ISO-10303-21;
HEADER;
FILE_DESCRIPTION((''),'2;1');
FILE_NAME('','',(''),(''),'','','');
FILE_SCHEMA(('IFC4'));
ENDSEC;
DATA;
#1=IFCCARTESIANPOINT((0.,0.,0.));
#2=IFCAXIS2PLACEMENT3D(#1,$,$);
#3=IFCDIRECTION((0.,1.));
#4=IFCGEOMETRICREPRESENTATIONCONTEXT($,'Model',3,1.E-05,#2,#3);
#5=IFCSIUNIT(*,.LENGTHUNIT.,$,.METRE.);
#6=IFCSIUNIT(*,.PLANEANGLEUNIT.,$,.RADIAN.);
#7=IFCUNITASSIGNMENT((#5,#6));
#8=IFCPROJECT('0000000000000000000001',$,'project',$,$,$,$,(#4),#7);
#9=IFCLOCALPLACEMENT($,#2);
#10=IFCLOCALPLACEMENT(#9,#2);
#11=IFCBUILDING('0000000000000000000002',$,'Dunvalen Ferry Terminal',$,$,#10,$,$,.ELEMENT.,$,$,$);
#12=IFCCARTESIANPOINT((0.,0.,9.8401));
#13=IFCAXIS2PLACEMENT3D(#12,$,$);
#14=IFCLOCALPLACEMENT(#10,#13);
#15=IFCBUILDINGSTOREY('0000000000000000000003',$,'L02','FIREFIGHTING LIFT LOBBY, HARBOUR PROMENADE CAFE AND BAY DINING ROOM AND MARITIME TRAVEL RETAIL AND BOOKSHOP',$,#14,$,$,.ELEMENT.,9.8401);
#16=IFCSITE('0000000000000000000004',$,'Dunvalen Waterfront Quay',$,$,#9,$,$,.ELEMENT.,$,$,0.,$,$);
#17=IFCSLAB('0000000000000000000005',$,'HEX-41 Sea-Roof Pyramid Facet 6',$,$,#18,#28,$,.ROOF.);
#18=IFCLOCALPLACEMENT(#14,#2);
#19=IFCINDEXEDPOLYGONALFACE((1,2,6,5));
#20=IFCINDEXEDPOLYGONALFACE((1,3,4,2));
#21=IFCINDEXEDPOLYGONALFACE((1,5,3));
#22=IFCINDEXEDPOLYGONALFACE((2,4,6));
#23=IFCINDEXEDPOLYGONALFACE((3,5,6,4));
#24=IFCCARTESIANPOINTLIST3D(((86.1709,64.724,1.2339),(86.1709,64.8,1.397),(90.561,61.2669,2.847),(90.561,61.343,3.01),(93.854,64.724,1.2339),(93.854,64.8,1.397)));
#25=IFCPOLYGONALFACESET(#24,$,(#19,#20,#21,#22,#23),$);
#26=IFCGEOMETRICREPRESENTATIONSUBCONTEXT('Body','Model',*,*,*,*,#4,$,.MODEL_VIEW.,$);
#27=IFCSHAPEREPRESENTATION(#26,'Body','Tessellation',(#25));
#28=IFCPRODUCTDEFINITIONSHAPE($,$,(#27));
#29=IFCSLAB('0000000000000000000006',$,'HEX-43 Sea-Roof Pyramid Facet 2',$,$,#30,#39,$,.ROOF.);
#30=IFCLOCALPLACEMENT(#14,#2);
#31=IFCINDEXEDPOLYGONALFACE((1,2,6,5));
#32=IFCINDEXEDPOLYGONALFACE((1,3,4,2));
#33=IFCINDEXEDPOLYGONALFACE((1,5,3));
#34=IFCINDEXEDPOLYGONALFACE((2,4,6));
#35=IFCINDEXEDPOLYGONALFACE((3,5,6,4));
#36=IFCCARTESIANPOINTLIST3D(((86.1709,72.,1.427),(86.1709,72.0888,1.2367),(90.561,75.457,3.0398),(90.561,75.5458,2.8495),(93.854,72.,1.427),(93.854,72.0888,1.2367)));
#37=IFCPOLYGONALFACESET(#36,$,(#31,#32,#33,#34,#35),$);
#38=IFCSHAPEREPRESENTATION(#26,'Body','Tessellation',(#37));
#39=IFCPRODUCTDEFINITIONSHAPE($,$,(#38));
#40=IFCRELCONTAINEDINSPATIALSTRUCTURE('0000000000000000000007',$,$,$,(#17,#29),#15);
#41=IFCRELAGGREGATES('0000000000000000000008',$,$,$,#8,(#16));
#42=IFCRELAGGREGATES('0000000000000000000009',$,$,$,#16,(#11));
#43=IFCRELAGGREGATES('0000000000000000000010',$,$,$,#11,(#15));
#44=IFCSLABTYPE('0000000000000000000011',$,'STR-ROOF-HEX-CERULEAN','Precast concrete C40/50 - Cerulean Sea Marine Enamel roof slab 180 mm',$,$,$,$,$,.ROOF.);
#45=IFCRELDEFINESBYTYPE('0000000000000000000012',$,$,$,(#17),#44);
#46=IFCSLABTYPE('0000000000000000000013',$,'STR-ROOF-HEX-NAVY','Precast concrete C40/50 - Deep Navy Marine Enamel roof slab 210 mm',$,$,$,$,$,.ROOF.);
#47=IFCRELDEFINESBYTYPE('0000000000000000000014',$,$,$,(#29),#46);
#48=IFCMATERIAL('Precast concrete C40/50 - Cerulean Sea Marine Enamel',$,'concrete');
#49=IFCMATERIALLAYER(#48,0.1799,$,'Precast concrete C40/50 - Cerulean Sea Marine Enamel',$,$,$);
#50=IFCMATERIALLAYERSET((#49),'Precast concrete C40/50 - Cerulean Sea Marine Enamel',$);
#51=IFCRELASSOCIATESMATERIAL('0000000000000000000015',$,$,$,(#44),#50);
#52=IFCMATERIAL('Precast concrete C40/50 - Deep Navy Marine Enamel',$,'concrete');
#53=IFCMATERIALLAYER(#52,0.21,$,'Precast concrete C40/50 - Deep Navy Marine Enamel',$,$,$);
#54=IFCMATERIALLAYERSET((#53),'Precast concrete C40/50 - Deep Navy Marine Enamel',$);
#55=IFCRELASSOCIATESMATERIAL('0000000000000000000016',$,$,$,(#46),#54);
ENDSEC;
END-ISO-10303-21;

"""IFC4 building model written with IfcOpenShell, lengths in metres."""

from ifc_helpers import new_model, si_unit, direction, frame, origin, place, context, subcontext, project, spatial, polyline, outline, extrude, material, layer, layer_set, type_object, element, save


model = new_model("IFC4")

# Units and contexts
model_context = context("Model", 3, precision=1e-05, world=origin(), true_north=direction((0.0, 1.0)))
body_context = subcontext(model_context, "Body", "Model", "MODEL_VIEW")
ifc_project = project(units=[si_unit("LENGTHUNIT", "METRE"), si_unit("PLANEANGLEUNIT", "RADIAN")], contexts=[model_context])

# Site, building, storey
site_placement = place(None, origin())
site = spatial("IfcSite", under=ifc_project, at=site_placement, Name="Dunvalen Waterfront Quay", CompositionType="ELEMENT", RefElevation=0.0)
building_placement = place(site_placement, origin())
building = spatial("IfcBuilding", under=site, at=building_placement, Name="Dunvalen Ferry Terminal", CompositionType="ELEMENT")
storey_placement = place(building_placement, frame((0.0, 0.0, 9.8401)))
storey = spatial("IfcBuildingStorey", under=building, at=storey_placement, Name="L02", Description="FIREFIGHTING LIFT LOBBY, HARBOUR PROMENADE CAFE AND BAY DINING ROOM AND MARITIME TRAVEL RETAIL AND BOOKSHOP", CompositionType="ELEMENT", Elevation=9.8401)

# Slabs
ifc_material_1 = material(Name="Precast concrete C40/50 - Cerulean Sea Marine Enamel", Category="concrete")
ifc_layer_1 = layer(ifc_material_1, 0.1799, Name="Precast concrete C40/50 - Cerulean Sea Marine Enamel")
ifc_layer_set_1 = layer_set([ifc_layer_1], Name="Precast concrete C40/50 - Cerulean Sea Marine Enamel")
slab_type_1 = type_object("IfcSlabType", Name="STR-ROOF-HEX-CERULEAN", Description="Precast concrete C40/50 - Cerulean Sea Marine Enamel roof slab 180 mm", PredefinedType="ROOF", material=ifc_layer_set_1)
slab_1_placement = place(storey_placement, frame((93.854, 64.8, 1.397), z_axis=(0.0, 0.422833, 0.906208), x_axis=(-1.0, 0.0, 0.0)))
element("IfcSlab", 1, at=slab_1_placement, inside=storey, type_object=slab_type_1, Name="HEX-41 Sea-Roof Pyramid Facet 6", PredefinedType="ROOF", context=body_context, shape_type="SweptSolid", body=[
    extrude(outline(polyline([(0.0, 0.0), (7.6831, 0.0), (3.293, 3.8148), (0.0, 0.0)])), origin(), (0.0, 0.0, -1.0), 0.1799),
])
ifc_material_2 = material(Name="Precast concrete C40/50 - Deep Navy Marine Enamel", Category="concrete")
ifc_layer_2 = layer(ifc_material_2, 0.21, Name="Precast concrete C40/50 - Deep Navy Marine Enamel")
ifc_layer_set_2 = layer_set([ifc_layer_2], Name="Precast concrete C40/50 - Deep Navy Marine Enamel")
slab_type_2 = type_object("IfcSlabType", Name="STR-ROOF-HEX-NAVY", Description="Precast concrete C40/50 - Deep Navy Marine Enamel roof slab 210 mm", PredefinedType="ROOF", material=ifc_layer_set_2)
slab_2_placement = place(storey_placement, frame((86.1709, 72.0, 1.427), z_axis=(0.0, -0.42278, 0.906232), x_axis=(1.0, 0.0, 0.0)))
element("IfcSlab", 2, at=slab_2_placement, inside=storey, type_object=slab_type_2, Name="HEX-43 Sea-Roof Pyramid Facet 2", PredefinedType="ROOF", context=body_context, shape_type="SweptSolid", body=[
    extrude(outline(polyline([(0.0, 0.0), (7.6831, 0.0), (4.3901, 3.8147), (0.0, 0.0)])), origin(), (0.0, 0.0, -1.0), 0.21),
])

save(model, "model.ifc")
